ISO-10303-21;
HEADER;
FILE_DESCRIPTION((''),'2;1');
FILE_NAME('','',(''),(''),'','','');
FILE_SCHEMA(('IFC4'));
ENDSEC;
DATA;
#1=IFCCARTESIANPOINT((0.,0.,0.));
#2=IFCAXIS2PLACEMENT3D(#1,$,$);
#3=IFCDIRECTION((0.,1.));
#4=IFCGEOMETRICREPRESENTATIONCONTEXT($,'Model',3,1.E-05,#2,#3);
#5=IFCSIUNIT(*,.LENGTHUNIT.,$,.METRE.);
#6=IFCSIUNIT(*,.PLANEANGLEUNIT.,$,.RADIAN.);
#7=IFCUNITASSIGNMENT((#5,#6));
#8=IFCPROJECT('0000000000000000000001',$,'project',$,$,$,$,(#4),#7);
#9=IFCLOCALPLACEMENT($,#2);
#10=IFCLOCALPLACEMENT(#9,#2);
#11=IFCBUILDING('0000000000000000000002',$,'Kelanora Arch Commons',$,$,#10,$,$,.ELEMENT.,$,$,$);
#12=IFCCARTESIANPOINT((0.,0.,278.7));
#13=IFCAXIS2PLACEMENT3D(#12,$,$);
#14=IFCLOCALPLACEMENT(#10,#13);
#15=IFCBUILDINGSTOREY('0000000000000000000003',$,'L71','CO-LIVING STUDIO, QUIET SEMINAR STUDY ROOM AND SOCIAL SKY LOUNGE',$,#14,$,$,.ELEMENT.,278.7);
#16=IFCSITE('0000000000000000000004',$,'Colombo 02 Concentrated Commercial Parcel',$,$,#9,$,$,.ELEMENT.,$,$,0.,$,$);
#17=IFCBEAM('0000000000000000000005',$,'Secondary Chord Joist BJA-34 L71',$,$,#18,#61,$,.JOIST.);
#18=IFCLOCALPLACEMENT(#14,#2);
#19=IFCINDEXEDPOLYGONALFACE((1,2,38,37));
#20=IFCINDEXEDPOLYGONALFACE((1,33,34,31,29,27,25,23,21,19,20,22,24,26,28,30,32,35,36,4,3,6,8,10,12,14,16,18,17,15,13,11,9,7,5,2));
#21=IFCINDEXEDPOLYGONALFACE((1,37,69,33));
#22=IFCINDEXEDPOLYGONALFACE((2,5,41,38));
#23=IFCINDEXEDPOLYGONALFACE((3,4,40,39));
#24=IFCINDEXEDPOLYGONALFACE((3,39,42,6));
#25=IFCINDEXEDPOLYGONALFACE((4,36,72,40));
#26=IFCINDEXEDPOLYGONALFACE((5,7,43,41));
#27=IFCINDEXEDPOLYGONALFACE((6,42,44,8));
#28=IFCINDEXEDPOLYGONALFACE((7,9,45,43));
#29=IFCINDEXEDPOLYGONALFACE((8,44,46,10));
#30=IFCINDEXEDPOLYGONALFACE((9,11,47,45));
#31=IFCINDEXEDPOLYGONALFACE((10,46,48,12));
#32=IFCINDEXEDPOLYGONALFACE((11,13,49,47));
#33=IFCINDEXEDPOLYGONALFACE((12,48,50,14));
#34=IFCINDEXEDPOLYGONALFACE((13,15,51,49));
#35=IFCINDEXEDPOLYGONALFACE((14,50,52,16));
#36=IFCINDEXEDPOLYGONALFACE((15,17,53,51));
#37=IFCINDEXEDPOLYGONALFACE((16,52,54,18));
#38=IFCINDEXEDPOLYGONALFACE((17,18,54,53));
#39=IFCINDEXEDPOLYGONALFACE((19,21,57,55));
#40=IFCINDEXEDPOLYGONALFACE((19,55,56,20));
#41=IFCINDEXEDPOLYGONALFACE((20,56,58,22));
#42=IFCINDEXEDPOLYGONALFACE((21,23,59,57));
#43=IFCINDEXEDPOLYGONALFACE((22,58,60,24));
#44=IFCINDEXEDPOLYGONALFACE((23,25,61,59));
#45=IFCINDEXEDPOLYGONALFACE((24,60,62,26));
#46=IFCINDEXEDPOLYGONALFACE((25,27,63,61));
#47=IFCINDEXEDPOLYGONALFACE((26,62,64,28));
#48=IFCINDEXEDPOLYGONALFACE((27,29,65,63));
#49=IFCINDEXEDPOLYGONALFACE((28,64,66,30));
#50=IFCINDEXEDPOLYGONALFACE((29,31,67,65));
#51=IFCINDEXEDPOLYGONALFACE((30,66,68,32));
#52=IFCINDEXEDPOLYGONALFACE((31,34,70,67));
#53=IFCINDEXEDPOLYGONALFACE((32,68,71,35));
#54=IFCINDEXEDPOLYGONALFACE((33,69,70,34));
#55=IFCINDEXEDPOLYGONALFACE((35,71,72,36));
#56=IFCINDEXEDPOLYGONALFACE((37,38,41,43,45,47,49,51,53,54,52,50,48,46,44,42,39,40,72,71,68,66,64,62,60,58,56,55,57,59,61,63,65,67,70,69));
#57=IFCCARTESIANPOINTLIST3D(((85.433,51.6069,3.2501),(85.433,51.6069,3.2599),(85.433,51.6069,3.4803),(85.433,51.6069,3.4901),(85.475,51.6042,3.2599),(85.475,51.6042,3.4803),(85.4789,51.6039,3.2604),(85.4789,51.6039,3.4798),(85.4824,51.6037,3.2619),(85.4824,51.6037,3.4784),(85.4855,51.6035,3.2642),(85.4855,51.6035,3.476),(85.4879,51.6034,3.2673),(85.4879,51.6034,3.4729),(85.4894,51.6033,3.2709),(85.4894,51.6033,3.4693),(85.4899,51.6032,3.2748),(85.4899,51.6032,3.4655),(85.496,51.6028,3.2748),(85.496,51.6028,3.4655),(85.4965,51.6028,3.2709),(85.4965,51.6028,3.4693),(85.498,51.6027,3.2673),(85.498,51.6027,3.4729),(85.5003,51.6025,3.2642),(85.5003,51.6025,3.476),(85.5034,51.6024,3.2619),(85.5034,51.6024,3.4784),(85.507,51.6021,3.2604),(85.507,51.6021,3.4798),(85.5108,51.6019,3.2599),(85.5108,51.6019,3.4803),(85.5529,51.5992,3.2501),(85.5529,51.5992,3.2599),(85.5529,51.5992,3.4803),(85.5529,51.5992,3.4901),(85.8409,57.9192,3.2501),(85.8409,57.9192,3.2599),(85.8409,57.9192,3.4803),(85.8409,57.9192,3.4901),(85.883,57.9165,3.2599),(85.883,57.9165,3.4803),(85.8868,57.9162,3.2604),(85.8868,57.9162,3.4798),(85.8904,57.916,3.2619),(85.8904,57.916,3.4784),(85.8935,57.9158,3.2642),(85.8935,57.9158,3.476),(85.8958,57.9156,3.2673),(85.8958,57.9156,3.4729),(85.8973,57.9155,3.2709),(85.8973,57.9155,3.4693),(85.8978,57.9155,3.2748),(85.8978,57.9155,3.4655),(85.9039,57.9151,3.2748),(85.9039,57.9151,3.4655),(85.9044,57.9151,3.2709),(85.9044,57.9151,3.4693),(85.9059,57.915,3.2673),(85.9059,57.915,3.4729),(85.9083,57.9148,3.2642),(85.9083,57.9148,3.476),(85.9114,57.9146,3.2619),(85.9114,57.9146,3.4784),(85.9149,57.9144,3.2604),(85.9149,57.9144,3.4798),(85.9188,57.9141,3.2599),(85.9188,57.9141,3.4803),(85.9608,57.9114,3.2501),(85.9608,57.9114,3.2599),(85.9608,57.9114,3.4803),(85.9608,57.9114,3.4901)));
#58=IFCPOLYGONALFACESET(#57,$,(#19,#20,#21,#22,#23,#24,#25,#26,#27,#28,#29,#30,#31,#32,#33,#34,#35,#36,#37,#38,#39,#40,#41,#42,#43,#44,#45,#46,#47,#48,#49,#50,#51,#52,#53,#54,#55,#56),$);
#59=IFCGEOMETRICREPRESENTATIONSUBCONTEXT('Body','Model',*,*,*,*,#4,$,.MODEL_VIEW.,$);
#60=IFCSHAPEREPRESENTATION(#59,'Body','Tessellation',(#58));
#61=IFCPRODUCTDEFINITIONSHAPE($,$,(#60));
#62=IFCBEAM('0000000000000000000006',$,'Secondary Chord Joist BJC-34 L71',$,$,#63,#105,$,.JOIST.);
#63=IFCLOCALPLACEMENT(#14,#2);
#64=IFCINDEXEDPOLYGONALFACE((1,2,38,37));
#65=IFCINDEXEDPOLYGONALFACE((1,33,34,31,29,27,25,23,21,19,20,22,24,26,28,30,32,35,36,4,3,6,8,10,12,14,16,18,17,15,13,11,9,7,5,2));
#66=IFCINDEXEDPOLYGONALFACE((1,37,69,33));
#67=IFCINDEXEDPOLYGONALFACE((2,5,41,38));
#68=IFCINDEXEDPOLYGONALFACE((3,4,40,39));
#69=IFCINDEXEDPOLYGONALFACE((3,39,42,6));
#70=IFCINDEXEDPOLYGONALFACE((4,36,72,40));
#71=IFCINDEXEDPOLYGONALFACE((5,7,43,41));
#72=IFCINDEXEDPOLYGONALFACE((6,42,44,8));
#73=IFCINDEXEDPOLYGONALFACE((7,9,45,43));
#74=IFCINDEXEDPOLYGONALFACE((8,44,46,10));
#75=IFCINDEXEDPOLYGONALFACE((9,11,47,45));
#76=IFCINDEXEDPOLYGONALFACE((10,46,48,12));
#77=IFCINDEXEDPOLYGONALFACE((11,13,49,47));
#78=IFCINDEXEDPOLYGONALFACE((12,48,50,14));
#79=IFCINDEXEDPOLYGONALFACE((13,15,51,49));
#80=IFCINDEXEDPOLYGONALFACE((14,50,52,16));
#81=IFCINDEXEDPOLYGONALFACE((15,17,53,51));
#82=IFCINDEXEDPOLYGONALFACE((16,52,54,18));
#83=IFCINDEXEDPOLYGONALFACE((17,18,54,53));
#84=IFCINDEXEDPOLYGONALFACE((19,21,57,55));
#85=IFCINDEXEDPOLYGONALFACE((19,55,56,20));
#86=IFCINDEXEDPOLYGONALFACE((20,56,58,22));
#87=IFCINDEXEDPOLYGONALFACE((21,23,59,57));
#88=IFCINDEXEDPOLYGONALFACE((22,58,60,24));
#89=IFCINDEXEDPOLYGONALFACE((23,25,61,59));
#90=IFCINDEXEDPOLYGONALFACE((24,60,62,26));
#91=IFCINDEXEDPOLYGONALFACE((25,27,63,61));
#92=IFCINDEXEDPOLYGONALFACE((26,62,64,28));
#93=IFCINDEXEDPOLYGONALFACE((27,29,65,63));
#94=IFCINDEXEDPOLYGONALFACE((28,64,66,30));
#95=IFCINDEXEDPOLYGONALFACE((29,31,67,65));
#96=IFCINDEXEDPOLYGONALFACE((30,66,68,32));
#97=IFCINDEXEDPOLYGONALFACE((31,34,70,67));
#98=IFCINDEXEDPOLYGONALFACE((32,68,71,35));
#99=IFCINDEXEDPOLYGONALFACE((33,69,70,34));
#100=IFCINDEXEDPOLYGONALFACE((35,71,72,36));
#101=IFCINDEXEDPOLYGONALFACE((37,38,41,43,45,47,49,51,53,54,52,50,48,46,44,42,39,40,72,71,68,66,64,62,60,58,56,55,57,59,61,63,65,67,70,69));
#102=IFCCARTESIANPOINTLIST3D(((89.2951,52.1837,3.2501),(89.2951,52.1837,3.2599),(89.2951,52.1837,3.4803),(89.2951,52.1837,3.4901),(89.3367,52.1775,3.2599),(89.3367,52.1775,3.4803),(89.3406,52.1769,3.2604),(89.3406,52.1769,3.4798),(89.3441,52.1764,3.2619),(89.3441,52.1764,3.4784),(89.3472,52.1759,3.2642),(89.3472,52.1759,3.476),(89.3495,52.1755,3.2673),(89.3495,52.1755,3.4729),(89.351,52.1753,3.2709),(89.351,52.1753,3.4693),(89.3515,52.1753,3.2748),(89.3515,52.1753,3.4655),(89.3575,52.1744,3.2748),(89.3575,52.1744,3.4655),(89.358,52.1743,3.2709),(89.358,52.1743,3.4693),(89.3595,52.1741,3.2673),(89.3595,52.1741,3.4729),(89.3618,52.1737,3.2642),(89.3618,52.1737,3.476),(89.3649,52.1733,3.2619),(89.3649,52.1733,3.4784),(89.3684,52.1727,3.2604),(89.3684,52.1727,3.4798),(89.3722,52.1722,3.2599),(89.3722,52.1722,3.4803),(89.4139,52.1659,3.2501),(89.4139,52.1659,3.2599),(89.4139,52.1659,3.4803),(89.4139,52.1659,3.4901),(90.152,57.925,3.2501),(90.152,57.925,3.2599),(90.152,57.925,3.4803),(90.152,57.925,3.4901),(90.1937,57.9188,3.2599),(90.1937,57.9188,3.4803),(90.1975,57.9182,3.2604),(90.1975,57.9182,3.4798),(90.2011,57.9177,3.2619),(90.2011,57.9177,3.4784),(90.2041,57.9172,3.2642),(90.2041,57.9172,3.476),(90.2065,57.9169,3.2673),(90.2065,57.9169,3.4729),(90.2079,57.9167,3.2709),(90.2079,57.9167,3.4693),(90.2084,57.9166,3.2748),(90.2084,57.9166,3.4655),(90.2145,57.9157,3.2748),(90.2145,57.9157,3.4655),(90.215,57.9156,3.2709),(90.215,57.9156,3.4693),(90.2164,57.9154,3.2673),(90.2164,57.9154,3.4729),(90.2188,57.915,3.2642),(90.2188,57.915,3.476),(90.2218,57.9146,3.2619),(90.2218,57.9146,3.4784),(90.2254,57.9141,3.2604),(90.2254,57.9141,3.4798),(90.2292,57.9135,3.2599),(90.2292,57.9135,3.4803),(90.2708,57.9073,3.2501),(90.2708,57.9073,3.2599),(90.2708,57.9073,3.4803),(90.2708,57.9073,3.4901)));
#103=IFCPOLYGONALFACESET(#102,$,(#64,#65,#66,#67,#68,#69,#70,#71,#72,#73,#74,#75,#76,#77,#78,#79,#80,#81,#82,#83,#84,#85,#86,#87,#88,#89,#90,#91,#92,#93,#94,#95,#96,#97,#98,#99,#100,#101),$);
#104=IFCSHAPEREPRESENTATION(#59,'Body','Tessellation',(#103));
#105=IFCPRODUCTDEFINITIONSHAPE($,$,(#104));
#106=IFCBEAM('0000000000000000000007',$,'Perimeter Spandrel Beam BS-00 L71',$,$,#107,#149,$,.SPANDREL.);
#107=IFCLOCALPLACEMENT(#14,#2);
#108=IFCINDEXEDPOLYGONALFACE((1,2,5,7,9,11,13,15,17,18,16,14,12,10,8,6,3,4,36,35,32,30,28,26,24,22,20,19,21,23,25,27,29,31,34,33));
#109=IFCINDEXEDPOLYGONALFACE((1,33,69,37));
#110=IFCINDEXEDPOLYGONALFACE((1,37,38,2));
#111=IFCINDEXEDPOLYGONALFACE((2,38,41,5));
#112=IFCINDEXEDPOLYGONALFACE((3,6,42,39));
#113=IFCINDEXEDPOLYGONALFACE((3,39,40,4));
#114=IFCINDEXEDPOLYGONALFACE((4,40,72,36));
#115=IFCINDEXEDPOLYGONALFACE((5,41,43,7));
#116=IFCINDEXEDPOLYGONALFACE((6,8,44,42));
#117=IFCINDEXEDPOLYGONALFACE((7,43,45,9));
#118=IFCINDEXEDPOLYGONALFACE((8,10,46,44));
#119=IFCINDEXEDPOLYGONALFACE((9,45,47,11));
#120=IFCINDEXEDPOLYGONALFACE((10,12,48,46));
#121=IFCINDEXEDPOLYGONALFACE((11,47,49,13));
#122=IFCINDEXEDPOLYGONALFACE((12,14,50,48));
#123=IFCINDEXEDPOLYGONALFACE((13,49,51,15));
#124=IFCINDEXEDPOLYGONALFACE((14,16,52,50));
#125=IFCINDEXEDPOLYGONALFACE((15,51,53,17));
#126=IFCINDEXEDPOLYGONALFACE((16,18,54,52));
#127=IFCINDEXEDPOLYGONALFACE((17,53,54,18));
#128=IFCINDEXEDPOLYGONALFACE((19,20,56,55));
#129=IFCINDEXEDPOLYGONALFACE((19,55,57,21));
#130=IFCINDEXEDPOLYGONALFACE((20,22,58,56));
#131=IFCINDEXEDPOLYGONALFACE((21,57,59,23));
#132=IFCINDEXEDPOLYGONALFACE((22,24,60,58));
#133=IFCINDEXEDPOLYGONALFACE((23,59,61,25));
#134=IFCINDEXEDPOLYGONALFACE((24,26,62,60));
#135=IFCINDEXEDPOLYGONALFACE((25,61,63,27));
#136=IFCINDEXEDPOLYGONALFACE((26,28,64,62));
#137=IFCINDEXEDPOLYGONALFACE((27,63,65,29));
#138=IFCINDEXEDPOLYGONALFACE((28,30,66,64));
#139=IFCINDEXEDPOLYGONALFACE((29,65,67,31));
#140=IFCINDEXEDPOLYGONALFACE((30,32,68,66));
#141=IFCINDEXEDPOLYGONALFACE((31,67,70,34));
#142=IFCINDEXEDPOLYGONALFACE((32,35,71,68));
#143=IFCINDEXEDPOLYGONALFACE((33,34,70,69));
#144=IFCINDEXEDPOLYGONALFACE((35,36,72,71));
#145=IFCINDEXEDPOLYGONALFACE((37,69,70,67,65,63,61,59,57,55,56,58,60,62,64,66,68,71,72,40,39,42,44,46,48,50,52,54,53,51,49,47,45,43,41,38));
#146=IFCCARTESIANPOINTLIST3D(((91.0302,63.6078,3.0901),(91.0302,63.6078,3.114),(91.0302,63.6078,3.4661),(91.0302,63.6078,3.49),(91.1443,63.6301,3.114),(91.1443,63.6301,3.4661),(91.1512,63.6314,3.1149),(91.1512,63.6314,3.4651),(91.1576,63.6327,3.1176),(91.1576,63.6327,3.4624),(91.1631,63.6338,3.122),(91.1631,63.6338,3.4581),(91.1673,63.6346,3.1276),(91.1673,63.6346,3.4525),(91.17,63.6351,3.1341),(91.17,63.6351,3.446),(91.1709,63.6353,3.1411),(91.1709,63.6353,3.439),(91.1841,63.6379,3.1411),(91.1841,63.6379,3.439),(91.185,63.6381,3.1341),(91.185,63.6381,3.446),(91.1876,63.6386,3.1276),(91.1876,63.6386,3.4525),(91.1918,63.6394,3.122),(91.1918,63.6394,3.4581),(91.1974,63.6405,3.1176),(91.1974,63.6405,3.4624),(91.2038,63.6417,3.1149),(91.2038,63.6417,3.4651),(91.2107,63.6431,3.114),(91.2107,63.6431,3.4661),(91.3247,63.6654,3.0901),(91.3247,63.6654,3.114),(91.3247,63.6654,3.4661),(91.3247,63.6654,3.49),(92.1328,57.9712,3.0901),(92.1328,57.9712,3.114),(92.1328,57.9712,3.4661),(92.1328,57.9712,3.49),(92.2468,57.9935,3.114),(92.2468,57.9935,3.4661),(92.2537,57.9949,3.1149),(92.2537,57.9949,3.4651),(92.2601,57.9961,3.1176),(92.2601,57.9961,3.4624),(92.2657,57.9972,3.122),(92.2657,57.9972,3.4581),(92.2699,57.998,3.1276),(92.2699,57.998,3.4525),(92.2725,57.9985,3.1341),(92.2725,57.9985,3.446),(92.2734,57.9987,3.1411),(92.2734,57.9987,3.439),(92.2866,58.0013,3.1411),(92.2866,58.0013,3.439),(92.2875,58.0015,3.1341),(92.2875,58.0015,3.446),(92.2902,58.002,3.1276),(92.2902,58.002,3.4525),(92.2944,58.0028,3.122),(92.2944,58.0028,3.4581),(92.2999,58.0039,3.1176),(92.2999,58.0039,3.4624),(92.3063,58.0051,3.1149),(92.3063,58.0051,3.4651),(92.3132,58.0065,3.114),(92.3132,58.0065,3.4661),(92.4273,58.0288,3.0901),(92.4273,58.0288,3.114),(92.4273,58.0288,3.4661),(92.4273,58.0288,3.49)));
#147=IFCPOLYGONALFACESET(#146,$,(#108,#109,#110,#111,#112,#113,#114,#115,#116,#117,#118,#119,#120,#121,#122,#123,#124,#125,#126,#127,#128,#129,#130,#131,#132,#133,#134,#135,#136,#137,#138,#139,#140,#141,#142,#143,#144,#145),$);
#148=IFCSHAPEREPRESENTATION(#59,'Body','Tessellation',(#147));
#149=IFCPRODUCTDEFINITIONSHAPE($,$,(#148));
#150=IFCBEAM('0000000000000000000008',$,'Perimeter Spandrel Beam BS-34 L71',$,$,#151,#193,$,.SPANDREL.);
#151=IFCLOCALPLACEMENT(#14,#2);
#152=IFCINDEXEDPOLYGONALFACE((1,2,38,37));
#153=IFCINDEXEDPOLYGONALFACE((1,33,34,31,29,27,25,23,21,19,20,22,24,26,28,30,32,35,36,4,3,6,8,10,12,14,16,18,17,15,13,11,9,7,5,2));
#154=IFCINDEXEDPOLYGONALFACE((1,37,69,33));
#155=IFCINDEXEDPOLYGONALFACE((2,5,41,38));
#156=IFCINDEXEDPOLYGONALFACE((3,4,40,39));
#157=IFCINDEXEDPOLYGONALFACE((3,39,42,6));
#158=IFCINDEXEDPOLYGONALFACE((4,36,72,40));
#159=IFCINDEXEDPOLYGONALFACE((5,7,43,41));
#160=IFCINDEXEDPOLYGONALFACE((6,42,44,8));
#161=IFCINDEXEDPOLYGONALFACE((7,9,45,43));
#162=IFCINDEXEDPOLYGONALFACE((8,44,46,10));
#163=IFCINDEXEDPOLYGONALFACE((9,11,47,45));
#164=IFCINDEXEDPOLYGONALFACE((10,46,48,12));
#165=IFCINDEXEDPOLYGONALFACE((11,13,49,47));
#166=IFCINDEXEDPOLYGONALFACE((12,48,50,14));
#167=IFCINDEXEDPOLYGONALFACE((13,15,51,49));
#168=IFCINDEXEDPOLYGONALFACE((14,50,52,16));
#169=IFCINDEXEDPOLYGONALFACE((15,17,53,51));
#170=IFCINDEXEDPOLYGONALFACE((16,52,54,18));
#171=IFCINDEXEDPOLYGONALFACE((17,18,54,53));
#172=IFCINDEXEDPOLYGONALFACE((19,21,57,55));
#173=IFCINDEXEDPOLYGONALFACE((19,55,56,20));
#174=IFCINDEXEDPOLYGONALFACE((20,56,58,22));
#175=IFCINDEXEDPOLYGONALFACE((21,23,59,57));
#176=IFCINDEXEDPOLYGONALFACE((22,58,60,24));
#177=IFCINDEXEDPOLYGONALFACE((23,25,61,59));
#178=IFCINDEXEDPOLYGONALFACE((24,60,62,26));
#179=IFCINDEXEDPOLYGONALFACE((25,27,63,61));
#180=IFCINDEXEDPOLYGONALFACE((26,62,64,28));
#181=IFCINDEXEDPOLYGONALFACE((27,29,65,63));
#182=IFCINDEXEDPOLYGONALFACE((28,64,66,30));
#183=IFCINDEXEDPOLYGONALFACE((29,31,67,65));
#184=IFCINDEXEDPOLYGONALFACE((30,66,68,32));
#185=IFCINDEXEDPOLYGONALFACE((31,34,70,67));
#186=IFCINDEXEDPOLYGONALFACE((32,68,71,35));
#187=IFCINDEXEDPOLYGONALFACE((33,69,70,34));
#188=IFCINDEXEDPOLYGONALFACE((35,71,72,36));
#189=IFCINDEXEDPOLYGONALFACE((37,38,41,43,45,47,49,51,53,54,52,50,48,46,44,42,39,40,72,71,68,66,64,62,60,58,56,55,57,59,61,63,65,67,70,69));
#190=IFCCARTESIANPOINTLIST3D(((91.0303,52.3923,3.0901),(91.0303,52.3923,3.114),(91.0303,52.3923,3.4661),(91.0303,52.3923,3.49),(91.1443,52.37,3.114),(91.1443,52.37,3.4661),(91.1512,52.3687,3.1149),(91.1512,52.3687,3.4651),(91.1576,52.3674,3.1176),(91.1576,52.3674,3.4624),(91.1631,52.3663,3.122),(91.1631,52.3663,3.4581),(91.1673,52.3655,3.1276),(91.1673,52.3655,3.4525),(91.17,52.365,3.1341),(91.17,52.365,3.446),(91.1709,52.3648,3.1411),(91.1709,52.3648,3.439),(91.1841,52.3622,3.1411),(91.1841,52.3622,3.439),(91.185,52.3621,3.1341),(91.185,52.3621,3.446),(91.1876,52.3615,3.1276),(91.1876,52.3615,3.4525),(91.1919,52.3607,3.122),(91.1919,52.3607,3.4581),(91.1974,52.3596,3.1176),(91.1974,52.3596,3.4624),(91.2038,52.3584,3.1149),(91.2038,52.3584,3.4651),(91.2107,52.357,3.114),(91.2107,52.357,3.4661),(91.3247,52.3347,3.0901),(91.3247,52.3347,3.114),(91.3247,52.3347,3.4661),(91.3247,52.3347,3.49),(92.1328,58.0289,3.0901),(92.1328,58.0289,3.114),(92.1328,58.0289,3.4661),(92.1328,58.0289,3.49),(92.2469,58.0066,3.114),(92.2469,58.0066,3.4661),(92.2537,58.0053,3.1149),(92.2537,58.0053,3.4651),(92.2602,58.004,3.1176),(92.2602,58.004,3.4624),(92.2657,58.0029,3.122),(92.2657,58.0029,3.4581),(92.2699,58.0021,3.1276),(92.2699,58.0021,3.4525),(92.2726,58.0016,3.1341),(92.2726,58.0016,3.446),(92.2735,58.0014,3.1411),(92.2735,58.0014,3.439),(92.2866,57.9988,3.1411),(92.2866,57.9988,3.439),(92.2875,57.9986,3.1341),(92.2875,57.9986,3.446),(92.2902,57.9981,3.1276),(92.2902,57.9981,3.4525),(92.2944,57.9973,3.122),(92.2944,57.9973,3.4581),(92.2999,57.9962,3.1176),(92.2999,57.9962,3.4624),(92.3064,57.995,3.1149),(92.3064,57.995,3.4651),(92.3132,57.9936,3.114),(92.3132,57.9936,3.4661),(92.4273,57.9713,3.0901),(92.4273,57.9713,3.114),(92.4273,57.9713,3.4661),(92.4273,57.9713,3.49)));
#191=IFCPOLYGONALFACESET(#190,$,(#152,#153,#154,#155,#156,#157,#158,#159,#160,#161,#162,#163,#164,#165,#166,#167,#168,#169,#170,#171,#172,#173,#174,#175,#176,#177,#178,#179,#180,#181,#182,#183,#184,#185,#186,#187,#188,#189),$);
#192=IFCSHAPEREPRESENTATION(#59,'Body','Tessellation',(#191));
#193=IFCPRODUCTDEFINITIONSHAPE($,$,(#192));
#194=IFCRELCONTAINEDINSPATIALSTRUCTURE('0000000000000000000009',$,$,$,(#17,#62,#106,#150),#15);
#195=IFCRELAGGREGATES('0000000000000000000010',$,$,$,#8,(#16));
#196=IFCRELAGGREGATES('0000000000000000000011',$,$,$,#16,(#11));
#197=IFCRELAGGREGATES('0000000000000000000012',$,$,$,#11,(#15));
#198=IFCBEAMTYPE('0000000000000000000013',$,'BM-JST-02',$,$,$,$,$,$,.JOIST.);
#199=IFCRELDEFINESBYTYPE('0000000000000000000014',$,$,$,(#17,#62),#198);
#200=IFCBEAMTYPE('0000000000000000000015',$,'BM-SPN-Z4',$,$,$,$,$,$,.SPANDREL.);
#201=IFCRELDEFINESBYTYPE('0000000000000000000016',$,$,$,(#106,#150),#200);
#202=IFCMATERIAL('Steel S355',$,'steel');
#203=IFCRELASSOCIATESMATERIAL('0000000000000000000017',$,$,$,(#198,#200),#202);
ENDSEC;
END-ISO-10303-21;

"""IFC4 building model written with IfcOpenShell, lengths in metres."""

from ifc_helpers import new_model, si_unit, direction, frame, origin, origin_2d, place, context, subcontext, project, spatial, i_section, extrude, material, material_profile, profile_set, type_object, element, save


model = new_model("IFC4")

# Units and contexts
model_context = context("Model", 3, precision=1e-05, world=origin(), true_north=direction((0.0, 1.0)))
body_context = subcontext(model_context, "Body", "Model", "MODEL_VIEW")
ifc_project = project(units=[si_unit("LENGTHUNIT", "METRE"), si_unit("PLANEANGLEUNIT", "RADIAN")], contexts=[model_context])

# Site, building, storey
site_placement = place(None, origin())
site = spatial("IfcSite", under=ifc_project, at=site_placement, Name="Colombo 02 Concentrated Commercial Parcel", CompositionType="ELEMENT", RefElevation=0.0)
building_placement = place(site_placement, origin())
building = spatial("IfcBuilding", under=site, at=building_placement, Name="Kelanora Arch Commons", CompositionType="ELEMENT")
storey_placement = place(building_placement, frame((0.0, 0.0, 278.7)))
storey = spatial("IfcBuildingStorey", under=building, at=storey_placement, Name="L71", Description="CO-LIVING STUDIO, QUIET SEMINAR STUDY ROOM AND SOCIAL SKY LOUNGE", CompositionType="ELEMENT", Elevation=278.7)

# Beams
ifc_material_1 = material(Name="Steel S355", Category="steel")
ifc_material_profile_1 = material_profile(ifc_material_1, i_section(OverallWidth=0.1201, OverallDepth=0.24, WebThickness=0.0061, FlangeThickness=0.0098, FilletRadius=0.0149, at=origin_2d()), Name="IPE240")
ifc_profile_set_1 = profile_set([ifc_material_profile_1], Name="Steel S355")
beam_type_1 = type_object("IfcBeamType", Name="BM-JST-02", PredefinedType="JOIST", material=ifc_profile_set_1)
beam_1_placement = place(storey_placement, frame((85.4929, 51.603, 3.3701), z_axis=(0.064495, 0.997918, 0.0), x_axis=(-0.997918, 0.064495, 0.0)))
element("IfcBeam", 1, at=beam_1_placement, inside=storey, type_object=beam_type_1, Name="Secondary Chord Joist BJA-34 L71", PredefinedType="JOIST", context=body_context, shape_type="SweptSolid", body=[
    extrude(i_section(OverallWidth=0.1201, OverallDepth=0.24, WebThickness=0.0061, FlangeThickness=0.0098, FilletRadius=0.0149, at=origin_2d()), origin(), (0.0, 0.0, 1.0), 6.3254),
])
beam_2_placement = place(storey_placement, frame((89.3545, 52.1748, 3.3701), z_axis=(0.147625, 0.989043, 0.0), x_axis=(-0.989043, 0.147625, 0.0)))
element("IfcBeam", 2, at=beam_2_placement, inside=storey, type_object=beam_type_1, Name="Secondary Chord Joist BJC-34 L71", PredefinedType="JOIST", context=body_context, shape_type="SweptSolid", body=[
    extrude(i_section(OverallWidth=0.1201, OverallDepth=0.24, WebThickness=0.0061, FlangeThickness=0.0098, FilletRadius=0.0149, at=origin_2d()), origin(), (0.0, 0.0, 1.0), 5.8049),
])
ifc_material_profile_2 = material_profile(ifc_material_1, i_section(OverallWidth=0.3, OverallDepth=0.3999, WebThickness=0.0134, FlangeThickness=0.0239, FilletRadius=0.0271, at=origin_2d()), Name="HEB400")
ifc_profile_set_2 = profile_set([ifc_material_profile_2], Name="Steel S355")
beam_type_2 = type_object("IfcBeamType", Name="BM-SPN-Z4", PredefinedType="SPANDREL", material=ifc_profile_set_2)
for number, where, z_axis, x_axis, name in (
    (3, (92.28, 58.0, 3.29), (-0.19197, 0.981401, 0.0), (-0.981401, -0.19197, 0.0), "Perimeter Spandrel Beam BS-00 L71"),
    (4, (91.1775, 52.3635, 3.29), (0.19197, 0.981401, 0.0), (-0.981401, 0.19197, 0.0), "Perimeter Spandrel Beam BS-34 L71"),
):
    element("IfcBeam", number, at=place(storey_placement, frame(where, z_axis=z_axis, x_axis=x_axis)), inside=storey, type_object=beam_type_2, Name=name, PredefinedType="SPANDREL", context=body_context, shape_type="SweptSolid", body=[
        extrude(i_section(OverallWidth=0.3, OverallDepth=0.3999, WebThickness=0.0134, FlangeThickness=0.0239, FilletRadius=0.0271, at=origin_2d()), origin(), (0.0, 0.0, 1.0), 5.7434),
    ])

save(model, "model.ifc")
